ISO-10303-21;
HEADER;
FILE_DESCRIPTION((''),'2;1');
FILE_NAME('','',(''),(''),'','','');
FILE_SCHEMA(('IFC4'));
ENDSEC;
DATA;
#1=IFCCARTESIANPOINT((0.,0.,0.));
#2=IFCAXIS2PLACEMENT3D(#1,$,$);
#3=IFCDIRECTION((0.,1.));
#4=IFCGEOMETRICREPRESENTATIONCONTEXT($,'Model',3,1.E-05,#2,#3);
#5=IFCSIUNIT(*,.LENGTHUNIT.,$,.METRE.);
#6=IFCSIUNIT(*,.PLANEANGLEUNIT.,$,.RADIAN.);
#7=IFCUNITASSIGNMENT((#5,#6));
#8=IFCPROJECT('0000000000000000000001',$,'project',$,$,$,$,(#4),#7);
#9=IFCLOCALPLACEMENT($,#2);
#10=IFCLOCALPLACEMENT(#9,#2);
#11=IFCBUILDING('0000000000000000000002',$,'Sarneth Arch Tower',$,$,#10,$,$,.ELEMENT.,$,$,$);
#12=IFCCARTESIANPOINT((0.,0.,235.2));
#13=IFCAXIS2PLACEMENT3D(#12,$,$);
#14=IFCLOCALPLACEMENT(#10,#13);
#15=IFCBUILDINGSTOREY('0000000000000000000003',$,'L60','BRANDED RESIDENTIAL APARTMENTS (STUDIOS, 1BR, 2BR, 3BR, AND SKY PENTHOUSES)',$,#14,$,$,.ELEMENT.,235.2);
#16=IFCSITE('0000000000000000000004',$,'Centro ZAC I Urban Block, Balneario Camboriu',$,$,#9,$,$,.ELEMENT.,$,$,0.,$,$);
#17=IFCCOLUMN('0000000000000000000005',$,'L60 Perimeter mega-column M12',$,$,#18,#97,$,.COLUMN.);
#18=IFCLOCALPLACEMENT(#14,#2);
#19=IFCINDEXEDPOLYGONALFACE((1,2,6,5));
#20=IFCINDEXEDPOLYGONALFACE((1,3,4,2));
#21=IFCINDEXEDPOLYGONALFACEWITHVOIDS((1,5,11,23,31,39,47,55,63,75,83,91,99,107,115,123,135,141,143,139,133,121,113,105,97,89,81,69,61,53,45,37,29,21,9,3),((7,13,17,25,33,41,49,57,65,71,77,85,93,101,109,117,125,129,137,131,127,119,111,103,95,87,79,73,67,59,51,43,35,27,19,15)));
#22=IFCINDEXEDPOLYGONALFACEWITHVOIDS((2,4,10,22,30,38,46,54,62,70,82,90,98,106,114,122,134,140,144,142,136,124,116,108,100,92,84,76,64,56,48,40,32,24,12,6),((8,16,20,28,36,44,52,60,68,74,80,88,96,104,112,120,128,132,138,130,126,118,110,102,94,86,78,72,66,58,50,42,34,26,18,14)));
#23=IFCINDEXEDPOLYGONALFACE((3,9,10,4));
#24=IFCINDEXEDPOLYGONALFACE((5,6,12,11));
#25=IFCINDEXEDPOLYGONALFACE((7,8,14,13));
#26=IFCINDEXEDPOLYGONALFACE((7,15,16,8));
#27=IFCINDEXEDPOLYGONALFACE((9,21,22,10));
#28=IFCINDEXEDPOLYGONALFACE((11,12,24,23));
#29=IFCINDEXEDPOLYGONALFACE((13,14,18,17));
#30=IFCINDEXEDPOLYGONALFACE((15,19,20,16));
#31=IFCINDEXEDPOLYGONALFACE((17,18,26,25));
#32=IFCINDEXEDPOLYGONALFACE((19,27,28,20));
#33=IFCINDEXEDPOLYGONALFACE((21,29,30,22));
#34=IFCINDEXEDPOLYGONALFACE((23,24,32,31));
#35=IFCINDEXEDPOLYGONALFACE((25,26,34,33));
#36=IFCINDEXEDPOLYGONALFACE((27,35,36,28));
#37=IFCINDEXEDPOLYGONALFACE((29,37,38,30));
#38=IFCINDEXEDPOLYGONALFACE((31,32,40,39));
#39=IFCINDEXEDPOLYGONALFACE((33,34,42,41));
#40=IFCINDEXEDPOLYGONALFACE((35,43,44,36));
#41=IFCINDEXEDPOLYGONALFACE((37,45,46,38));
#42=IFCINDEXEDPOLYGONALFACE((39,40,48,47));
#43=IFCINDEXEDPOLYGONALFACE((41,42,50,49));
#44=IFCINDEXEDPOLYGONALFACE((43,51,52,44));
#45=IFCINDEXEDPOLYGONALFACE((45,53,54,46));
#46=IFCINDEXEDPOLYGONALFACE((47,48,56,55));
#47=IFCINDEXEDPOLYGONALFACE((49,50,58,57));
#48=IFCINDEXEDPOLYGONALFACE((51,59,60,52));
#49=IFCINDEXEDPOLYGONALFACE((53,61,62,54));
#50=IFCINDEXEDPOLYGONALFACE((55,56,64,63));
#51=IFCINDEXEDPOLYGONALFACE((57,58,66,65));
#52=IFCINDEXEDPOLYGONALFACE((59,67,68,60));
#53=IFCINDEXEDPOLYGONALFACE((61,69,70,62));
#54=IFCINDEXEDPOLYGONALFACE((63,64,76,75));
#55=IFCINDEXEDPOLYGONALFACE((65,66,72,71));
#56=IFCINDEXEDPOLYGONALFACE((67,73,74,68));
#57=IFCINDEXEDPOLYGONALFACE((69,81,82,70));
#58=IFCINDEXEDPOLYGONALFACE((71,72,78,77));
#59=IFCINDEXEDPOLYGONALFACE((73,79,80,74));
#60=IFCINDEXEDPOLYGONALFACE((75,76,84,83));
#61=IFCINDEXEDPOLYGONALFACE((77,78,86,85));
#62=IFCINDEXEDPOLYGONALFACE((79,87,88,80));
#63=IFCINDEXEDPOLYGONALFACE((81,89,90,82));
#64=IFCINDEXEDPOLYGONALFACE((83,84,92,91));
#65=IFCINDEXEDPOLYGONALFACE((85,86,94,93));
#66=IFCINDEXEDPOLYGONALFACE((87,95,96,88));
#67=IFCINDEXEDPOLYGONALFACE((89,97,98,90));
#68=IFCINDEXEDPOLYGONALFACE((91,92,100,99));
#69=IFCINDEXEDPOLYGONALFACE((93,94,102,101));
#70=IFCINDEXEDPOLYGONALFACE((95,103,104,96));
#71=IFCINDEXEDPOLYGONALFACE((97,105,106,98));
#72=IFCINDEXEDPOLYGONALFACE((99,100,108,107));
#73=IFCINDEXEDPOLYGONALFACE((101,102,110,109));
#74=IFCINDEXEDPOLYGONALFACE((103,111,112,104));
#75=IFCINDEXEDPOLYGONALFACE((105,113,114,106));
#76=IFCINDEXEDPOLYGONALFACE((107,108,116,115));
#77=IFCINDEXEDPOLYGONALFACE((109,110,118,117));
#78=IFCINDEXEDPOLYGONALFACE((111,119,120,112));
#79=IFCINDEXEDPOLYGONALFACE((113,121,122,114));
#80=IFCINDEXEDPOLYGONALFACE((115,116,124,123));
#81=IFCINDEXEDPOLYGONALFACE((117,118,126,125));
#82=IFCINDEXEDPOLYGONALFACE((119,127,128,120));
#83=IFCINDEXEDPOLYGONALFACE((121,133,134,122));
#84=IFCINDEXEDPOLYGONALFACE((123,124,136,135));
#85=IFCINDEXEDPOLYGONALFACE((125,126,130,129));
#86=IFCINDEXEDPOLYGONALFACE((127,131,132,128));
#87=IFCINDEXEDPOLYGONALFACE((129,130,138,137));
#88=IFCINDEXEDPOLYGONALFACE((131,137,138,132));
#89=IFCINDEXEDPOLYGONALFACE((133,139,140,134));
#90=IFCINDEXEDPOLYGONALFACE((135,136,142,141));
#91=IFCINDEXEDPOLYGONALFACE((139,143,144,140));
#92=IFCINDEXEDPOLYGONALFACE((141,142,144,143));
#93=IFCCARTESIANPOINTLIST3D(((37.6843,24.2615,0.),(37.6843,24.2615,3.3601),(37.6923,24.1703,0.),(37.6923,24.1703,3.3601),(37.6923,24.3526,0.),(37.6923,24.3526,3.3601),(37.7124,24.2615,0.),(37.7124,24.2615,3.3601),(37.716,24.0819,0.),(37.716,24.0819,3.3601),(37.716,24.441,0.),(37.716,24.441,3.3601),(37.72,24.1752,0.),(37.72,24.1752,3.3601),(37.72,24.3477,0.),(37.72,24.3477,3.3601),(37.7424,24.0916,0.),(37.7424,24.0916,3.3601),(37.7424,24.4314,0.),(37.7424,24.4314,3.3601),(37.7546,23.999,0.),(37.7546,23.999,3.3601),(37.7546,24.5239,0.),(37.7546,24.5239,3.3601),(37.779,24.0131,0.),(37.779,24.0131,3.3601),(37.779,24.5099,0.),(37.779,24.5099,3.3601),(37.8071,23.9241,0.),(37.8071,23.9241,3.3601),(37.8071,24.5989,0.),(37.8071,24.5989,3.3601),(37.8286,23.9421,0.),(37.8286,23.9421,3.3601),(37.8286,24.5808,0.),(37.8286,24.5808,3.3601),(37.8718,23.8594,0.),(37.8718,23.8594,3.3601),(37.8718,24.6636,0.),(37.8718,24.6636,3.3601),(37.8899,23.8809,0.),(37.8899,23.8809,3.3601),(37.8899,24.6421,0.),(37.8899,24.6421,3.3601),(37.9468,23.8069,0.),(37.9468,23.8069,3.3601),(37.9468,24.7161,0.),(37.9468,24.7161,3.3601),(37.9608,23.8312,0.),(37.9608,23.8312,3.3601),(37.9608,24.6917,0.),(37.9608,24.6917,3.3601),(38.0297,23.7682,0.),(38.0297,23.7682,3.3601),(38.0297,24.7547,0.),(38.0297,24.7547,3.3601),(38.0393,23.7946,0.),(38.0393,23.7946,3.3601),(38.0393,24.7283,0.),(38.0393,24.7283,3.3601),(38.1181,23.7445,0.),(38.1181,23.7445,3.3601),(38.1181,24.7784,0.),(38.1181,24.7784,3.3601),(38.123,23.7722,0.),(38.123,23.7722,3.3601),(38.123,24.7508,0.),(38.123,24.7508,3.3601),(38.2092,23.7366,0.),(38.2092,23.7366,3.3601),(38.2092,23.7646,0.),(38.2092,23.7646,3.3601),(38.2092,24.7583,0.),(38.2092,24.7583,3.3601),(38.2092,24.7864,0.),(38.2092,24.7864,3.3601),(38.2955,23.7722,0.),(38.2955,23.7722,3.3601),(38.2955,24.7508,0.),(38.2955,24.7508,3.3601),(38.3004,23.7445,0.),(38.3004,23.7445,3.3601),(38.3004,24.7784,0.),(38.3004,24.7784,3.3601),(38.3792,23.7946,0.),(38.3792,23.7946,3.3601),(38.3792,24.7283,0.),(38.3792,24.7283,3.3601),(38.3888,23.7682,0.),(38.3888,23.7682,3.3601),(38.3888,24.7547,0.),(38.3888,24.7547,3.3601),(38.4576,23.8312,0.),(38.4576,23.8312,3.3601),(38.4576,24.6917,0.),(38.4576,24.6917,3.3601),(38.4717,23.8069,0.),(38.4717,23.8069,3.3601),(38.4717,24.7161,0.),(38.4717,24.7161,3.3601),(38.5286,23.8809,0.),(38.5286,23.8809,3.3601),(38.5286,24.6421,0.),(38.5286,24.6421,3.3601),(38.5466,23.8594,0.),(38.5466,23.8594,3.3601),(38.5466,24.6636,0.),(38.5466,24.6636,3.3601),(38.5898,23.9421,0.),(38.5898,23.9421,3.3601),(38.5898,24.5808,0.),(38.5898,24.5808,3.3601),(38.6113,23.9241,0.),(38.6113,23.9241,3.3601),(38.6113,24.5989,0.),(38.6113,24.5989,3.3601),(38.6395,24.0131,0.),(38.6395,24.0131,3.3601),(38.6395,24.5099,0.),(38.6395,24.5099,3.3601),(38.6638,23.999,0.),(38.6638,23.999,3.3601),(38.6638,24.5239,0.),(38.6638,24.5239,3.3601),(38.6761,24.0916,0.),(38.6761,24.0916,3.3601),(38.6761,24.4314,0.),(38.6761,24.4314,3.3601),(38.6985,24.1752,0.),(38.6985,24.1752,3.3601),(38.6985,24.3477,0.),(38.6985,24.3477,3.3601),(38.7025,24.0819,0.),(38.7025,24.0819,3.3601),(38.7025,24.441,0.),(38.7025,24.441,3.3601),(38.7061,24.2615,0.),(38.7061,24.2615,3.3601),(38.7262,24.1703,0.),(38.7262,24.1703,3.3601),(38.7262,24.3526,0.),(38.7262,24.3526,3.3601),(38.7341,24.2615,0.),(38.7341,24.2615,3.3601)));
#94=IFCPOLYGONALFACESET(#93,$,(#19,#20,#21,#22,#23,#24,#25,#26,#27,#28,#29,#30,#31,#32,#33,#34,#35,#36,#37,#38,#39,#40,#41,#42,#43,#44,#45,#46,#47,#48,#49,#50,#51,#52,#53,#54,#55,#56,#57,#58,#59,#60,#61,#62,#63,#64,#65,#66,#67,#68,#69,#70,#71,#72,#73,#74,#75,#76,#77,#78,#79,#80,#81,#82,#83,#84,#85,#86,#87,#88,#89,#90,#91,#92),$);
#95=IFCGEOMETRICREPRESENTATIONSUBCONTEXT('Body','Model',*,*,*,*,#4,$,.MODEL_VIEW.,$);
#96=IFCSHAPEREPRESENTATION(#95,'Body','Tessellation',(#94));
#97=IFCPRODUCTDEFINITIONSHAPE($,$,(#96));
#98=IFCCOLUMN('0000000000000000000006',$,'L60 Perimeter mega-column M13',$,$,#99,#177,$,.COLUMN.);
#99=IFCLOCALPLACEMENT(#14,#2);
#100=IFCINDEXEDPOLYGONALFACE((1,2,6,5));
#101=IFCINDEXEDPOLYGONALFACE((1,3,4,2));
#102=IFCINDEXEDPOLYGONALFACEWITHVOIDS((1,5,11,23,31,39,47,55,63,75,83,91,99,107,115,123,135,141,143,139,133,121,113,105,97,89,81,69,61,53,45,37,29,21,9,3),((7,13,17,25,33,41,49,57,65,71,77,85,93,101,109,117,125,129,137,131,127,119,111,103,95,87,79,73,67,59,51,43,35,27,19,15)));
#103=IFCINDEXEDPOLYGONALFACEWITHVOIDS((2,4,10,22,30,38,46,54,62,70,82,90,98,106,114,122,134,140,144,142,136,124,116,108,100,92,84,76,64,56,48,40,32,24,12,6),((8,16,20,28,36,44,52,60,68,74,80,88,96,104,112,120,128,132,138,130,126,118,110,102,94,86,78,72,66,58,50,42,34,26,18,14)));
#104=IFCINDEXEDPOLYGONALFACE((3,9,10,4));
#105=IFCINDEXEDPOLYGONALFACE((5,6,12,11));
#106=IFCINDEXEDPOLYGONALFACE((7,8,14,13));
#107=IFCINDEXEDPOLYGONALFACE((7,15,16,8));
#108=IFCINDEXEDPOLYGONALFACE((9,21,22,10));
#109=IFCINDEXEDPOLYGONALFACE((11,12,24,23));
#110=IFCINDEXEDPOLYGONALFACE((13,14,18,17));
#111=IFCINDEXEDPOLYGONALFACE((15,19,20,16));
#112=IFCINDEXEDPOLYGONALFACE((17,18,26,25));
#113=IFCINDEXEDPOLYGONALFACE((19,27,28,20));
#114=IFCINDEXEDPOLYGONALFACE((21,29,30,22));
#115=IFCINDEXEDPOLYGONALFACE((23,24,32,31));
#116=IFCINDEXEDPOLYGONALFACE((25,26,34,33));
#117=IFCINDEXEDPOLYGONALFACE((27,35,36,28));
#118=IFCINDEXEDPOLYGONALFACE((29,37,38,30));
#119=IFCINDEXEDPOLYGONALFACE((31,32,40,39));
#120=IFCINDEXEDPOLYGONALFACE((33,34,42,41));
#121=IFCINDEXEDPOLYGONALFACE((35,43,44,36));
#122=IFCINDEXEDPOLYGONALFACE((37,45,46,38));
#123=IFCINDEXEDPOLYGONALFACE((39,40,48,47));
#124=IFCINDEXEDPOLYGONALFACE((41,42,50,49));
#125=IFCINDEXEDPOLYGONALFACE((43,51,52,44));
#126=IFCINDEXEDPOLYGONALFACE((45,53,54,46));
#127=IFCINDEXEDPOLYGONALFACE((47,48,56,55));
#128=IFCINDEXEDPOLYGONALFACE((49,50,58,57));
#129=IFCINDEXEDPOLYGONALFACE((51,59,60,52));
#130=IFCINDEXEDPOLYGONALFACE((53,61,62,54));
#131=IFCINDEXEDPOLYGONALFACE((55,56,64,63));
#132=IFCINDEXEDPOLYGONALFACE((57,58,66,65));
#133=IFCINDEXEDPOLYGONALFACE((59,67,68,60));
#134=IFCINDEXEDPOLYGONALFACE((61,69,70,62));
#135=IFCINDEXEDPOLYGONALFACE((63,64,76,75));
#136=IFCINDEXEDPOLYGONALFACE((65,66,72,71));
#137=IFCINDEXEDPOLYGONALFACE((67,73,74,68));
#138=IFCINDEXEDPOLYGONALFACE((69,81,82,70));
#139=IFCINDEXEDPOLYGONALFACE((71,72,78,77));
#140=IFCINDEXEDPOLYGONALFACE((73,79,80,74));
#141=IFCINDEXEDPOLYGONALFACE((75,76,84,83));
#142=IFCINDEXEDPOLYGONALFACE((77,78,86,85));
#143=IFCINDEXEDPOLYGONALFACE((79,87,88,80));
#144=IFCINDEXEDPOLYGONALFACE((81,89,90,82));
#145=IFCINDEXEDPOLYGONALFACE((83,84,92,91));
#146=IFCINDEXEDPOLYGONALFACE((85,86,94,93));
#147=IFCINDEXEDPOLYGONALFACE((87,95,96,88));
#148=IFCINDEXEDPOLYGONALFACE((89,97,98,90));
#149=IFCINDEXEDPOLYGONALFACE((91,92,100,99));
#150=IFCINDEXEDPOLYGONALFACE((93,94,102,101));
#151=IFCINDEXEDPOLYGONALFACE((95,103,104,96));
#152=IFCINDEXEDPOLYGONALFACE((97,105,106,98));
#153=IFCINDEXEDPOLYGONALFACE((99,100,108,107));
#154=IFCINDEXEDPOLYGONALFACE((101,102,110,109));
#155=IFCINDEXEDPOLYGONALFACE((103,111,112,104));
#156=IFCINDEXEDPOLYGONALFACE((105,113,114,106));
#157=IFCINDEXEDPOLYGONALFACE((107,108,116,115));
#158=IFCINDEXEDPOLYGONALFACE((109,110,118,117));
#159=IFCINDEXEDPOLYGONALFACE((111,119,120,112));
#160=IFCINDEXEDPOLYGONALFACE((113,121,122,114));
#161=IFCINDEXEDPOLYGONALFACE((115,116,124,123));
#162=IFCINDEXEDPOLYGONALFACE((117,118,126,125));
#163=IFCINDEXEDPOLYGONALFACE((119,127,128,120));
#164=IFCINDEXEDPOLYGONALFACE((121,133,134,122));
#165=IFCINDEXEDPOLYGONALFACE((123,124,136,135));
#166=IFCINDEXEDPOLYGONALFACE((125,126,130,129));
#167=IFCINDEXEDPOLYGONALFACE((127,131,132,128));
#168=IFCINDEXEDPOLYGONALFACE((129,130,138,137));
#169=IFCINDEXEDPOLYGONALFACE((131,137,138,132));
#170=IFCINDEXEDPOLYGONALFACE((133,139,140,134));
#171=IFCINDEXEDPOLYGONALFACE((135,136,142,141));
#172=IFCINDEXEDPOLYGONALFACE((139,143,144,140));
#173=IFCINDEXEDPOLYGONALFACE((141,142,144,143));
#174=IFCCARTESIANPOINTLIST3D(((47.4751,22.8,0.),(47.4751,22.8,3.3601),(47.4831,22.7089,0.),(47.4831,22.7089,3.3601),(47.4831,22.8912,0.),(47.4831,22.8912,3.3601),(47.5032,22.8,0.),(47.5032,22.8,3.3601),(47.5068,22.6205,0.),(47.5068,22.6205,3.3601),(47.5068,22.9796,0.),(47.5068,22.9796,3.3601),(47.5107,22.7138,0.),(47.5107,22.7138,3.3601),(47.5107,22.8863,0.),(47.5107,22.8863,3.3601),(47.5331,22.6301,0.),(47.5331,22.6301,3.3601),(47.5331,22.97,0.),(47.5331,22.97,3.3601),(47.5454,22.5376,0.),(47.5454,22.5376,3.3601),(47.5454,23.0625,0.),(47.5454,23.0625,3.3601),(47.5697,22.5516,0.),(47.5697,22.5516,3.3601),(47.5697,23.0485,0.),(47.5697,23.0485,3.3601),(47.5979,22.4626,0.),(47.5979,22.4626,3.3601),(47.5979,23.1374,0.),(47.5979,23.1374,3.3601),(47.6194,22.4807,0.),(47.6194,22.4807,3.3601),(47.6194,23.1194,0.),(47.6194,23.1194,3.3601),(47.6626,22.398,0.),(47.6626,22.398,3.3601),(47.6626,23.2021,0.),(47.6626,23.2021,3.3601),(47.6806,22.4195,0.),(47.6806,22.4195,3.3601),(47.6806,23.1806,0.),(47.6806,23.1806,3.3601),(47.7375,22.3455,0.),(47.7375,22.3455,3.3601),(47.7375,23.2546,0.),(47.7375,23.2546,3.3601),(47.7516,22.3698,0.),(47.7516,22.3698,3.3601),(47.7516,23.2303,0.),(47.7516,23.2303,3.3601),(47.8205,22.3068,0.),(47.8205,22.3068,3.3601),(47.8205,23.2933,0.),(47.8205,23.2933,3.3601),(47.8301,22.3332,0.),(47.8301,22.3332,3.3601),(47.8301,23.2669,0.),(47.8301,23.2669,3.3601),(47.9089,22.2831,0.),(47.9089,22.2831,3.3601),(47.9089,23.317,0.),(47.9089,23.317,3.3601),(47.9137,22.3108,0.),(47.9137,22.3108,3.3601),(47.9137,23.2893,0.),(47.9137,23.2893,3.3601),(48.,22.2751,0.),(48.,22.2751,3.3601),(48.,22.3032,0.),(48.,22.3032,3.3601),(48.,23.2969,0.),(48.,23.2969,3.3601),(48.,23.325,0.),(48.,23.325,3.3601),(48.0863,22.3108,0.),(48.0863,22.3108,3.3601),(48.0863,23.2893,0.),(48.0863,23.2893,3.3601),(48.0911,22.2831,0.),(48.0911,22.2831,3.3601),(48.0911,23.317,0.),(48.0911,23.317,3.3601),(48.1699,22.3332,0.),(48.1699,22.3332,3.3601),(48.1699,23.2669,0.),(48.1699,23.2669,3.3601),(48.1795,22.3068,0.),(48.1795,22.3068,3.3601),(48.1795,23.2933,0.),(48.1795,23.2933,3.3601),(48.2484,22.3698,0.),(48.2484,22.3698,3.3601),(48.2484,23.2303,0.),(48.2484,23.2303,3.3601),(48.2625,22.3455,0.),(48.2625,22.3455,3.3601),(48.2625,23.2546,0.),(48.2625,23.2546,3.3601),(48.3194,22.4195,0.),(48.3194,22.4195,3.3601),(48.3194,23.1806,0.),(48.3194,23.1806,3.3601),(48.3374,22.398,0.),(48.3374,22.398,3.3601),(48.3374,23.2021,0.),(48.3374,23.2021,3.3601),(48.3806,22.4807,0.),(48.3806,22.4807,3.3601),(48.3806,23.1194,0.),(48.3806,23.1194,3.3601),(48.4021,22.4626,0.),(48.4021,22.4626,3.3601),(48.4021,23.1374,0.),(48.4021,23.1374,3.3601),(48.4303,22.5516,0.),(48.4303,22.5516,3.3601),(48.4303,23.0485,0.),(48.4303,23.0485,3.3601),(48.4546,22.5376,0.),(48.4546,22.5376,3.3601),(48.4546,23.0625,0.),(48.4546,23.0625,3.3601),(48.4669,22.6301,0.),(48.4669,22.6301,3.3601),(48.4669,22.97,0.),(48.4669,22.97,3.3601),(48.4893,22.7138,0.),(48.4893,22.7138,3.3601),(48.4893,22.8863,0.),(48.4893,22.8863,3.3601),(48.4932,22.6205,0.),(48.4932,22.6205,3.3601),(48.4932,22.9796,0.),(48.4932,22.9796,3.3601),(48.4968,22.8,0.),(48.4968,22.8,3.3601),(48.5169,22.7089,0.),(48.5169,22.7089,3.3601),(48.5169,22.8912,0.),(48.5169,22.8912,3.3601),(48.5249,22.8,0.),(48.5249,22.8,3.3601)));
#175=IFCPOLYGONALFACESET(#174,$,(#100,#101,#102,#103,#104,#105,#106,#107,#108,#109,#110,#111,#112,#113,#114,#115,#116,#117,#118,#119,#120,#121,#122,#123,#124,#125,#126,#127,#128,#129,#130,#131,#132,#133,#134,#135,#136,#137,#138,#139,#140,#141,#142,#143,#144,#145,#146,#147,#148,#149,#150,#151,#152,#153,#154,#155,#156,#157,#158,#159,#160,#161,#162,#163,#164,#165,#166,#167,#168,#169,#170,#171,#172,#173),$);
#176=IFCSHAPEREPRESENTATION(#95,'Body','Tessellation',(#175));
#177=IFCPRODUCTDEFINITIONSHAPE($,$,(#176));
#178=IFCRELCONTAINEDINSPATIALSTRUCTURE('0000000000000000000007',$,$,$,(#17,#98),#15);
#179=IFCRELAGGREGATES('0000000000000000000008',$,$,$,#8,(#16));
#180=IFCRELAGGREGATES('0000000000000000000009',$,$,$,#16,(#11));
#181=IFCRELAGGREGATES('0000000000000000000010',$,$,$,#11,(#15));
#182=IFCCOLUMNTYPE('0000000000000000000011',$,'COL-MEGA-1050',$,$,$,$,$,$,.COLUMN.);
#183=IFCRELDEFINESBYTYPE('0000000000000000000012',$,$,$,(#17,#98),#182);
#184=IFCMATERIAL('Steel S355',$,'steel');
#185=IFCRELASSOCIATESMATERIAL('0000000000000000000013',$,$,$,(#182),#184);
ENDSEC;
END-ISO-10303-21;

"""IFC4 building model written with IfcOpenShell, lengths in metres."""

from ifc_helpers import new_model, si_unit, direction, frame, origin, origin_2d, place, context, subcontext, project, spatial, hollow_circle, extrude, material, material_profile, profile_set, type_object, element, save


model = new_model("IFC4")

# Units and contexts
model_context = context("Model", 3, precision=1e-05, world=origin(), true_north=direction((0.0, 1.0)))
body_context = subcontext(model_context, "Body", "Model", "MODEL_VIEW")
ifc_project = project(units=[si_unit("LENGTHUNIT", "METRE"), si_unit("PLANEANGLEUNIT", "RADIAN")], contexts=[model_context])

# Site, building, storey
site_placement = place(None, origin())
site = spatial("IfcSite", under=ifc_project, at=site_placement, Name="Centro ZAC I Urban Block, Balneario Camboriu", CompositionType="ELEMENT", RefElevation=0.0)
building_placement = place(site_placement, origin())
building = spatial("IfcBuilding", under=site, at=building_placement, Name="Sarneth Arch Tower", CompositionType="ELEMENT")
storey_placement = place(building_placement, frame((0.0, 0.0, 235.2)))
storey = spatial("IfcBuildingStorey", under=building, at=storey_placement, Name="L60", Description="BRANDED RESIDENTIAL APARTMENTS (STUDIOS, 1BR, 2BR, 3BR, AND SKY PENTHOUSES)", CompositionType="ELEMENT", Elevation=235.2)

# Columns
ifc_material_1 = material(Name="Steel S355", Category="steel")
ifc_material_profile_1 = material_profile(ifc_material_1, hollow_circle(Radius=0.5249, WallThickness=0.0281, at=origin_2d()), Name="CHS1050x28")
ifc_profile_set_1 = profile_set([ifc_material_profile_1], Name="Steel S355")
column_type = type_object("IfcColumnType", Name="COL-MEGA-1050", PredefinedType="COLUMN", material=ifc_profile_set_1)
for number, where, z_axis, x_axis, name in (
    (1, (38.2092, 24.2615, 0.0), (0.0, 0.0, 1.0), (1.0, 0.0, 0.0), "L60 Perimeter mega-column M12"),
    (2, (48.0, 22.8, 0.0), (0.0, 0.0, 1.0), (1.0, 0.0, 0.0), "L60 Perimeter mega-column M13"),
):
    element("IfcColumn", number, at=place(storey_placement, frame(where, z_axis=z_axis, x_axis=x_axis)), inside=storey, type_object=column_type, Name=name, PredefinedType="COLUMN", context=body_context, shape_type="SweptSolid", body=[
        extrude(hollow_circle(Radius=0.5249, WallThickness=0.0281, at=origin_2d()), origin(), (0.0, 0.0, 1.0), 3.3601),
    ])

save(model, "model.ifc")
